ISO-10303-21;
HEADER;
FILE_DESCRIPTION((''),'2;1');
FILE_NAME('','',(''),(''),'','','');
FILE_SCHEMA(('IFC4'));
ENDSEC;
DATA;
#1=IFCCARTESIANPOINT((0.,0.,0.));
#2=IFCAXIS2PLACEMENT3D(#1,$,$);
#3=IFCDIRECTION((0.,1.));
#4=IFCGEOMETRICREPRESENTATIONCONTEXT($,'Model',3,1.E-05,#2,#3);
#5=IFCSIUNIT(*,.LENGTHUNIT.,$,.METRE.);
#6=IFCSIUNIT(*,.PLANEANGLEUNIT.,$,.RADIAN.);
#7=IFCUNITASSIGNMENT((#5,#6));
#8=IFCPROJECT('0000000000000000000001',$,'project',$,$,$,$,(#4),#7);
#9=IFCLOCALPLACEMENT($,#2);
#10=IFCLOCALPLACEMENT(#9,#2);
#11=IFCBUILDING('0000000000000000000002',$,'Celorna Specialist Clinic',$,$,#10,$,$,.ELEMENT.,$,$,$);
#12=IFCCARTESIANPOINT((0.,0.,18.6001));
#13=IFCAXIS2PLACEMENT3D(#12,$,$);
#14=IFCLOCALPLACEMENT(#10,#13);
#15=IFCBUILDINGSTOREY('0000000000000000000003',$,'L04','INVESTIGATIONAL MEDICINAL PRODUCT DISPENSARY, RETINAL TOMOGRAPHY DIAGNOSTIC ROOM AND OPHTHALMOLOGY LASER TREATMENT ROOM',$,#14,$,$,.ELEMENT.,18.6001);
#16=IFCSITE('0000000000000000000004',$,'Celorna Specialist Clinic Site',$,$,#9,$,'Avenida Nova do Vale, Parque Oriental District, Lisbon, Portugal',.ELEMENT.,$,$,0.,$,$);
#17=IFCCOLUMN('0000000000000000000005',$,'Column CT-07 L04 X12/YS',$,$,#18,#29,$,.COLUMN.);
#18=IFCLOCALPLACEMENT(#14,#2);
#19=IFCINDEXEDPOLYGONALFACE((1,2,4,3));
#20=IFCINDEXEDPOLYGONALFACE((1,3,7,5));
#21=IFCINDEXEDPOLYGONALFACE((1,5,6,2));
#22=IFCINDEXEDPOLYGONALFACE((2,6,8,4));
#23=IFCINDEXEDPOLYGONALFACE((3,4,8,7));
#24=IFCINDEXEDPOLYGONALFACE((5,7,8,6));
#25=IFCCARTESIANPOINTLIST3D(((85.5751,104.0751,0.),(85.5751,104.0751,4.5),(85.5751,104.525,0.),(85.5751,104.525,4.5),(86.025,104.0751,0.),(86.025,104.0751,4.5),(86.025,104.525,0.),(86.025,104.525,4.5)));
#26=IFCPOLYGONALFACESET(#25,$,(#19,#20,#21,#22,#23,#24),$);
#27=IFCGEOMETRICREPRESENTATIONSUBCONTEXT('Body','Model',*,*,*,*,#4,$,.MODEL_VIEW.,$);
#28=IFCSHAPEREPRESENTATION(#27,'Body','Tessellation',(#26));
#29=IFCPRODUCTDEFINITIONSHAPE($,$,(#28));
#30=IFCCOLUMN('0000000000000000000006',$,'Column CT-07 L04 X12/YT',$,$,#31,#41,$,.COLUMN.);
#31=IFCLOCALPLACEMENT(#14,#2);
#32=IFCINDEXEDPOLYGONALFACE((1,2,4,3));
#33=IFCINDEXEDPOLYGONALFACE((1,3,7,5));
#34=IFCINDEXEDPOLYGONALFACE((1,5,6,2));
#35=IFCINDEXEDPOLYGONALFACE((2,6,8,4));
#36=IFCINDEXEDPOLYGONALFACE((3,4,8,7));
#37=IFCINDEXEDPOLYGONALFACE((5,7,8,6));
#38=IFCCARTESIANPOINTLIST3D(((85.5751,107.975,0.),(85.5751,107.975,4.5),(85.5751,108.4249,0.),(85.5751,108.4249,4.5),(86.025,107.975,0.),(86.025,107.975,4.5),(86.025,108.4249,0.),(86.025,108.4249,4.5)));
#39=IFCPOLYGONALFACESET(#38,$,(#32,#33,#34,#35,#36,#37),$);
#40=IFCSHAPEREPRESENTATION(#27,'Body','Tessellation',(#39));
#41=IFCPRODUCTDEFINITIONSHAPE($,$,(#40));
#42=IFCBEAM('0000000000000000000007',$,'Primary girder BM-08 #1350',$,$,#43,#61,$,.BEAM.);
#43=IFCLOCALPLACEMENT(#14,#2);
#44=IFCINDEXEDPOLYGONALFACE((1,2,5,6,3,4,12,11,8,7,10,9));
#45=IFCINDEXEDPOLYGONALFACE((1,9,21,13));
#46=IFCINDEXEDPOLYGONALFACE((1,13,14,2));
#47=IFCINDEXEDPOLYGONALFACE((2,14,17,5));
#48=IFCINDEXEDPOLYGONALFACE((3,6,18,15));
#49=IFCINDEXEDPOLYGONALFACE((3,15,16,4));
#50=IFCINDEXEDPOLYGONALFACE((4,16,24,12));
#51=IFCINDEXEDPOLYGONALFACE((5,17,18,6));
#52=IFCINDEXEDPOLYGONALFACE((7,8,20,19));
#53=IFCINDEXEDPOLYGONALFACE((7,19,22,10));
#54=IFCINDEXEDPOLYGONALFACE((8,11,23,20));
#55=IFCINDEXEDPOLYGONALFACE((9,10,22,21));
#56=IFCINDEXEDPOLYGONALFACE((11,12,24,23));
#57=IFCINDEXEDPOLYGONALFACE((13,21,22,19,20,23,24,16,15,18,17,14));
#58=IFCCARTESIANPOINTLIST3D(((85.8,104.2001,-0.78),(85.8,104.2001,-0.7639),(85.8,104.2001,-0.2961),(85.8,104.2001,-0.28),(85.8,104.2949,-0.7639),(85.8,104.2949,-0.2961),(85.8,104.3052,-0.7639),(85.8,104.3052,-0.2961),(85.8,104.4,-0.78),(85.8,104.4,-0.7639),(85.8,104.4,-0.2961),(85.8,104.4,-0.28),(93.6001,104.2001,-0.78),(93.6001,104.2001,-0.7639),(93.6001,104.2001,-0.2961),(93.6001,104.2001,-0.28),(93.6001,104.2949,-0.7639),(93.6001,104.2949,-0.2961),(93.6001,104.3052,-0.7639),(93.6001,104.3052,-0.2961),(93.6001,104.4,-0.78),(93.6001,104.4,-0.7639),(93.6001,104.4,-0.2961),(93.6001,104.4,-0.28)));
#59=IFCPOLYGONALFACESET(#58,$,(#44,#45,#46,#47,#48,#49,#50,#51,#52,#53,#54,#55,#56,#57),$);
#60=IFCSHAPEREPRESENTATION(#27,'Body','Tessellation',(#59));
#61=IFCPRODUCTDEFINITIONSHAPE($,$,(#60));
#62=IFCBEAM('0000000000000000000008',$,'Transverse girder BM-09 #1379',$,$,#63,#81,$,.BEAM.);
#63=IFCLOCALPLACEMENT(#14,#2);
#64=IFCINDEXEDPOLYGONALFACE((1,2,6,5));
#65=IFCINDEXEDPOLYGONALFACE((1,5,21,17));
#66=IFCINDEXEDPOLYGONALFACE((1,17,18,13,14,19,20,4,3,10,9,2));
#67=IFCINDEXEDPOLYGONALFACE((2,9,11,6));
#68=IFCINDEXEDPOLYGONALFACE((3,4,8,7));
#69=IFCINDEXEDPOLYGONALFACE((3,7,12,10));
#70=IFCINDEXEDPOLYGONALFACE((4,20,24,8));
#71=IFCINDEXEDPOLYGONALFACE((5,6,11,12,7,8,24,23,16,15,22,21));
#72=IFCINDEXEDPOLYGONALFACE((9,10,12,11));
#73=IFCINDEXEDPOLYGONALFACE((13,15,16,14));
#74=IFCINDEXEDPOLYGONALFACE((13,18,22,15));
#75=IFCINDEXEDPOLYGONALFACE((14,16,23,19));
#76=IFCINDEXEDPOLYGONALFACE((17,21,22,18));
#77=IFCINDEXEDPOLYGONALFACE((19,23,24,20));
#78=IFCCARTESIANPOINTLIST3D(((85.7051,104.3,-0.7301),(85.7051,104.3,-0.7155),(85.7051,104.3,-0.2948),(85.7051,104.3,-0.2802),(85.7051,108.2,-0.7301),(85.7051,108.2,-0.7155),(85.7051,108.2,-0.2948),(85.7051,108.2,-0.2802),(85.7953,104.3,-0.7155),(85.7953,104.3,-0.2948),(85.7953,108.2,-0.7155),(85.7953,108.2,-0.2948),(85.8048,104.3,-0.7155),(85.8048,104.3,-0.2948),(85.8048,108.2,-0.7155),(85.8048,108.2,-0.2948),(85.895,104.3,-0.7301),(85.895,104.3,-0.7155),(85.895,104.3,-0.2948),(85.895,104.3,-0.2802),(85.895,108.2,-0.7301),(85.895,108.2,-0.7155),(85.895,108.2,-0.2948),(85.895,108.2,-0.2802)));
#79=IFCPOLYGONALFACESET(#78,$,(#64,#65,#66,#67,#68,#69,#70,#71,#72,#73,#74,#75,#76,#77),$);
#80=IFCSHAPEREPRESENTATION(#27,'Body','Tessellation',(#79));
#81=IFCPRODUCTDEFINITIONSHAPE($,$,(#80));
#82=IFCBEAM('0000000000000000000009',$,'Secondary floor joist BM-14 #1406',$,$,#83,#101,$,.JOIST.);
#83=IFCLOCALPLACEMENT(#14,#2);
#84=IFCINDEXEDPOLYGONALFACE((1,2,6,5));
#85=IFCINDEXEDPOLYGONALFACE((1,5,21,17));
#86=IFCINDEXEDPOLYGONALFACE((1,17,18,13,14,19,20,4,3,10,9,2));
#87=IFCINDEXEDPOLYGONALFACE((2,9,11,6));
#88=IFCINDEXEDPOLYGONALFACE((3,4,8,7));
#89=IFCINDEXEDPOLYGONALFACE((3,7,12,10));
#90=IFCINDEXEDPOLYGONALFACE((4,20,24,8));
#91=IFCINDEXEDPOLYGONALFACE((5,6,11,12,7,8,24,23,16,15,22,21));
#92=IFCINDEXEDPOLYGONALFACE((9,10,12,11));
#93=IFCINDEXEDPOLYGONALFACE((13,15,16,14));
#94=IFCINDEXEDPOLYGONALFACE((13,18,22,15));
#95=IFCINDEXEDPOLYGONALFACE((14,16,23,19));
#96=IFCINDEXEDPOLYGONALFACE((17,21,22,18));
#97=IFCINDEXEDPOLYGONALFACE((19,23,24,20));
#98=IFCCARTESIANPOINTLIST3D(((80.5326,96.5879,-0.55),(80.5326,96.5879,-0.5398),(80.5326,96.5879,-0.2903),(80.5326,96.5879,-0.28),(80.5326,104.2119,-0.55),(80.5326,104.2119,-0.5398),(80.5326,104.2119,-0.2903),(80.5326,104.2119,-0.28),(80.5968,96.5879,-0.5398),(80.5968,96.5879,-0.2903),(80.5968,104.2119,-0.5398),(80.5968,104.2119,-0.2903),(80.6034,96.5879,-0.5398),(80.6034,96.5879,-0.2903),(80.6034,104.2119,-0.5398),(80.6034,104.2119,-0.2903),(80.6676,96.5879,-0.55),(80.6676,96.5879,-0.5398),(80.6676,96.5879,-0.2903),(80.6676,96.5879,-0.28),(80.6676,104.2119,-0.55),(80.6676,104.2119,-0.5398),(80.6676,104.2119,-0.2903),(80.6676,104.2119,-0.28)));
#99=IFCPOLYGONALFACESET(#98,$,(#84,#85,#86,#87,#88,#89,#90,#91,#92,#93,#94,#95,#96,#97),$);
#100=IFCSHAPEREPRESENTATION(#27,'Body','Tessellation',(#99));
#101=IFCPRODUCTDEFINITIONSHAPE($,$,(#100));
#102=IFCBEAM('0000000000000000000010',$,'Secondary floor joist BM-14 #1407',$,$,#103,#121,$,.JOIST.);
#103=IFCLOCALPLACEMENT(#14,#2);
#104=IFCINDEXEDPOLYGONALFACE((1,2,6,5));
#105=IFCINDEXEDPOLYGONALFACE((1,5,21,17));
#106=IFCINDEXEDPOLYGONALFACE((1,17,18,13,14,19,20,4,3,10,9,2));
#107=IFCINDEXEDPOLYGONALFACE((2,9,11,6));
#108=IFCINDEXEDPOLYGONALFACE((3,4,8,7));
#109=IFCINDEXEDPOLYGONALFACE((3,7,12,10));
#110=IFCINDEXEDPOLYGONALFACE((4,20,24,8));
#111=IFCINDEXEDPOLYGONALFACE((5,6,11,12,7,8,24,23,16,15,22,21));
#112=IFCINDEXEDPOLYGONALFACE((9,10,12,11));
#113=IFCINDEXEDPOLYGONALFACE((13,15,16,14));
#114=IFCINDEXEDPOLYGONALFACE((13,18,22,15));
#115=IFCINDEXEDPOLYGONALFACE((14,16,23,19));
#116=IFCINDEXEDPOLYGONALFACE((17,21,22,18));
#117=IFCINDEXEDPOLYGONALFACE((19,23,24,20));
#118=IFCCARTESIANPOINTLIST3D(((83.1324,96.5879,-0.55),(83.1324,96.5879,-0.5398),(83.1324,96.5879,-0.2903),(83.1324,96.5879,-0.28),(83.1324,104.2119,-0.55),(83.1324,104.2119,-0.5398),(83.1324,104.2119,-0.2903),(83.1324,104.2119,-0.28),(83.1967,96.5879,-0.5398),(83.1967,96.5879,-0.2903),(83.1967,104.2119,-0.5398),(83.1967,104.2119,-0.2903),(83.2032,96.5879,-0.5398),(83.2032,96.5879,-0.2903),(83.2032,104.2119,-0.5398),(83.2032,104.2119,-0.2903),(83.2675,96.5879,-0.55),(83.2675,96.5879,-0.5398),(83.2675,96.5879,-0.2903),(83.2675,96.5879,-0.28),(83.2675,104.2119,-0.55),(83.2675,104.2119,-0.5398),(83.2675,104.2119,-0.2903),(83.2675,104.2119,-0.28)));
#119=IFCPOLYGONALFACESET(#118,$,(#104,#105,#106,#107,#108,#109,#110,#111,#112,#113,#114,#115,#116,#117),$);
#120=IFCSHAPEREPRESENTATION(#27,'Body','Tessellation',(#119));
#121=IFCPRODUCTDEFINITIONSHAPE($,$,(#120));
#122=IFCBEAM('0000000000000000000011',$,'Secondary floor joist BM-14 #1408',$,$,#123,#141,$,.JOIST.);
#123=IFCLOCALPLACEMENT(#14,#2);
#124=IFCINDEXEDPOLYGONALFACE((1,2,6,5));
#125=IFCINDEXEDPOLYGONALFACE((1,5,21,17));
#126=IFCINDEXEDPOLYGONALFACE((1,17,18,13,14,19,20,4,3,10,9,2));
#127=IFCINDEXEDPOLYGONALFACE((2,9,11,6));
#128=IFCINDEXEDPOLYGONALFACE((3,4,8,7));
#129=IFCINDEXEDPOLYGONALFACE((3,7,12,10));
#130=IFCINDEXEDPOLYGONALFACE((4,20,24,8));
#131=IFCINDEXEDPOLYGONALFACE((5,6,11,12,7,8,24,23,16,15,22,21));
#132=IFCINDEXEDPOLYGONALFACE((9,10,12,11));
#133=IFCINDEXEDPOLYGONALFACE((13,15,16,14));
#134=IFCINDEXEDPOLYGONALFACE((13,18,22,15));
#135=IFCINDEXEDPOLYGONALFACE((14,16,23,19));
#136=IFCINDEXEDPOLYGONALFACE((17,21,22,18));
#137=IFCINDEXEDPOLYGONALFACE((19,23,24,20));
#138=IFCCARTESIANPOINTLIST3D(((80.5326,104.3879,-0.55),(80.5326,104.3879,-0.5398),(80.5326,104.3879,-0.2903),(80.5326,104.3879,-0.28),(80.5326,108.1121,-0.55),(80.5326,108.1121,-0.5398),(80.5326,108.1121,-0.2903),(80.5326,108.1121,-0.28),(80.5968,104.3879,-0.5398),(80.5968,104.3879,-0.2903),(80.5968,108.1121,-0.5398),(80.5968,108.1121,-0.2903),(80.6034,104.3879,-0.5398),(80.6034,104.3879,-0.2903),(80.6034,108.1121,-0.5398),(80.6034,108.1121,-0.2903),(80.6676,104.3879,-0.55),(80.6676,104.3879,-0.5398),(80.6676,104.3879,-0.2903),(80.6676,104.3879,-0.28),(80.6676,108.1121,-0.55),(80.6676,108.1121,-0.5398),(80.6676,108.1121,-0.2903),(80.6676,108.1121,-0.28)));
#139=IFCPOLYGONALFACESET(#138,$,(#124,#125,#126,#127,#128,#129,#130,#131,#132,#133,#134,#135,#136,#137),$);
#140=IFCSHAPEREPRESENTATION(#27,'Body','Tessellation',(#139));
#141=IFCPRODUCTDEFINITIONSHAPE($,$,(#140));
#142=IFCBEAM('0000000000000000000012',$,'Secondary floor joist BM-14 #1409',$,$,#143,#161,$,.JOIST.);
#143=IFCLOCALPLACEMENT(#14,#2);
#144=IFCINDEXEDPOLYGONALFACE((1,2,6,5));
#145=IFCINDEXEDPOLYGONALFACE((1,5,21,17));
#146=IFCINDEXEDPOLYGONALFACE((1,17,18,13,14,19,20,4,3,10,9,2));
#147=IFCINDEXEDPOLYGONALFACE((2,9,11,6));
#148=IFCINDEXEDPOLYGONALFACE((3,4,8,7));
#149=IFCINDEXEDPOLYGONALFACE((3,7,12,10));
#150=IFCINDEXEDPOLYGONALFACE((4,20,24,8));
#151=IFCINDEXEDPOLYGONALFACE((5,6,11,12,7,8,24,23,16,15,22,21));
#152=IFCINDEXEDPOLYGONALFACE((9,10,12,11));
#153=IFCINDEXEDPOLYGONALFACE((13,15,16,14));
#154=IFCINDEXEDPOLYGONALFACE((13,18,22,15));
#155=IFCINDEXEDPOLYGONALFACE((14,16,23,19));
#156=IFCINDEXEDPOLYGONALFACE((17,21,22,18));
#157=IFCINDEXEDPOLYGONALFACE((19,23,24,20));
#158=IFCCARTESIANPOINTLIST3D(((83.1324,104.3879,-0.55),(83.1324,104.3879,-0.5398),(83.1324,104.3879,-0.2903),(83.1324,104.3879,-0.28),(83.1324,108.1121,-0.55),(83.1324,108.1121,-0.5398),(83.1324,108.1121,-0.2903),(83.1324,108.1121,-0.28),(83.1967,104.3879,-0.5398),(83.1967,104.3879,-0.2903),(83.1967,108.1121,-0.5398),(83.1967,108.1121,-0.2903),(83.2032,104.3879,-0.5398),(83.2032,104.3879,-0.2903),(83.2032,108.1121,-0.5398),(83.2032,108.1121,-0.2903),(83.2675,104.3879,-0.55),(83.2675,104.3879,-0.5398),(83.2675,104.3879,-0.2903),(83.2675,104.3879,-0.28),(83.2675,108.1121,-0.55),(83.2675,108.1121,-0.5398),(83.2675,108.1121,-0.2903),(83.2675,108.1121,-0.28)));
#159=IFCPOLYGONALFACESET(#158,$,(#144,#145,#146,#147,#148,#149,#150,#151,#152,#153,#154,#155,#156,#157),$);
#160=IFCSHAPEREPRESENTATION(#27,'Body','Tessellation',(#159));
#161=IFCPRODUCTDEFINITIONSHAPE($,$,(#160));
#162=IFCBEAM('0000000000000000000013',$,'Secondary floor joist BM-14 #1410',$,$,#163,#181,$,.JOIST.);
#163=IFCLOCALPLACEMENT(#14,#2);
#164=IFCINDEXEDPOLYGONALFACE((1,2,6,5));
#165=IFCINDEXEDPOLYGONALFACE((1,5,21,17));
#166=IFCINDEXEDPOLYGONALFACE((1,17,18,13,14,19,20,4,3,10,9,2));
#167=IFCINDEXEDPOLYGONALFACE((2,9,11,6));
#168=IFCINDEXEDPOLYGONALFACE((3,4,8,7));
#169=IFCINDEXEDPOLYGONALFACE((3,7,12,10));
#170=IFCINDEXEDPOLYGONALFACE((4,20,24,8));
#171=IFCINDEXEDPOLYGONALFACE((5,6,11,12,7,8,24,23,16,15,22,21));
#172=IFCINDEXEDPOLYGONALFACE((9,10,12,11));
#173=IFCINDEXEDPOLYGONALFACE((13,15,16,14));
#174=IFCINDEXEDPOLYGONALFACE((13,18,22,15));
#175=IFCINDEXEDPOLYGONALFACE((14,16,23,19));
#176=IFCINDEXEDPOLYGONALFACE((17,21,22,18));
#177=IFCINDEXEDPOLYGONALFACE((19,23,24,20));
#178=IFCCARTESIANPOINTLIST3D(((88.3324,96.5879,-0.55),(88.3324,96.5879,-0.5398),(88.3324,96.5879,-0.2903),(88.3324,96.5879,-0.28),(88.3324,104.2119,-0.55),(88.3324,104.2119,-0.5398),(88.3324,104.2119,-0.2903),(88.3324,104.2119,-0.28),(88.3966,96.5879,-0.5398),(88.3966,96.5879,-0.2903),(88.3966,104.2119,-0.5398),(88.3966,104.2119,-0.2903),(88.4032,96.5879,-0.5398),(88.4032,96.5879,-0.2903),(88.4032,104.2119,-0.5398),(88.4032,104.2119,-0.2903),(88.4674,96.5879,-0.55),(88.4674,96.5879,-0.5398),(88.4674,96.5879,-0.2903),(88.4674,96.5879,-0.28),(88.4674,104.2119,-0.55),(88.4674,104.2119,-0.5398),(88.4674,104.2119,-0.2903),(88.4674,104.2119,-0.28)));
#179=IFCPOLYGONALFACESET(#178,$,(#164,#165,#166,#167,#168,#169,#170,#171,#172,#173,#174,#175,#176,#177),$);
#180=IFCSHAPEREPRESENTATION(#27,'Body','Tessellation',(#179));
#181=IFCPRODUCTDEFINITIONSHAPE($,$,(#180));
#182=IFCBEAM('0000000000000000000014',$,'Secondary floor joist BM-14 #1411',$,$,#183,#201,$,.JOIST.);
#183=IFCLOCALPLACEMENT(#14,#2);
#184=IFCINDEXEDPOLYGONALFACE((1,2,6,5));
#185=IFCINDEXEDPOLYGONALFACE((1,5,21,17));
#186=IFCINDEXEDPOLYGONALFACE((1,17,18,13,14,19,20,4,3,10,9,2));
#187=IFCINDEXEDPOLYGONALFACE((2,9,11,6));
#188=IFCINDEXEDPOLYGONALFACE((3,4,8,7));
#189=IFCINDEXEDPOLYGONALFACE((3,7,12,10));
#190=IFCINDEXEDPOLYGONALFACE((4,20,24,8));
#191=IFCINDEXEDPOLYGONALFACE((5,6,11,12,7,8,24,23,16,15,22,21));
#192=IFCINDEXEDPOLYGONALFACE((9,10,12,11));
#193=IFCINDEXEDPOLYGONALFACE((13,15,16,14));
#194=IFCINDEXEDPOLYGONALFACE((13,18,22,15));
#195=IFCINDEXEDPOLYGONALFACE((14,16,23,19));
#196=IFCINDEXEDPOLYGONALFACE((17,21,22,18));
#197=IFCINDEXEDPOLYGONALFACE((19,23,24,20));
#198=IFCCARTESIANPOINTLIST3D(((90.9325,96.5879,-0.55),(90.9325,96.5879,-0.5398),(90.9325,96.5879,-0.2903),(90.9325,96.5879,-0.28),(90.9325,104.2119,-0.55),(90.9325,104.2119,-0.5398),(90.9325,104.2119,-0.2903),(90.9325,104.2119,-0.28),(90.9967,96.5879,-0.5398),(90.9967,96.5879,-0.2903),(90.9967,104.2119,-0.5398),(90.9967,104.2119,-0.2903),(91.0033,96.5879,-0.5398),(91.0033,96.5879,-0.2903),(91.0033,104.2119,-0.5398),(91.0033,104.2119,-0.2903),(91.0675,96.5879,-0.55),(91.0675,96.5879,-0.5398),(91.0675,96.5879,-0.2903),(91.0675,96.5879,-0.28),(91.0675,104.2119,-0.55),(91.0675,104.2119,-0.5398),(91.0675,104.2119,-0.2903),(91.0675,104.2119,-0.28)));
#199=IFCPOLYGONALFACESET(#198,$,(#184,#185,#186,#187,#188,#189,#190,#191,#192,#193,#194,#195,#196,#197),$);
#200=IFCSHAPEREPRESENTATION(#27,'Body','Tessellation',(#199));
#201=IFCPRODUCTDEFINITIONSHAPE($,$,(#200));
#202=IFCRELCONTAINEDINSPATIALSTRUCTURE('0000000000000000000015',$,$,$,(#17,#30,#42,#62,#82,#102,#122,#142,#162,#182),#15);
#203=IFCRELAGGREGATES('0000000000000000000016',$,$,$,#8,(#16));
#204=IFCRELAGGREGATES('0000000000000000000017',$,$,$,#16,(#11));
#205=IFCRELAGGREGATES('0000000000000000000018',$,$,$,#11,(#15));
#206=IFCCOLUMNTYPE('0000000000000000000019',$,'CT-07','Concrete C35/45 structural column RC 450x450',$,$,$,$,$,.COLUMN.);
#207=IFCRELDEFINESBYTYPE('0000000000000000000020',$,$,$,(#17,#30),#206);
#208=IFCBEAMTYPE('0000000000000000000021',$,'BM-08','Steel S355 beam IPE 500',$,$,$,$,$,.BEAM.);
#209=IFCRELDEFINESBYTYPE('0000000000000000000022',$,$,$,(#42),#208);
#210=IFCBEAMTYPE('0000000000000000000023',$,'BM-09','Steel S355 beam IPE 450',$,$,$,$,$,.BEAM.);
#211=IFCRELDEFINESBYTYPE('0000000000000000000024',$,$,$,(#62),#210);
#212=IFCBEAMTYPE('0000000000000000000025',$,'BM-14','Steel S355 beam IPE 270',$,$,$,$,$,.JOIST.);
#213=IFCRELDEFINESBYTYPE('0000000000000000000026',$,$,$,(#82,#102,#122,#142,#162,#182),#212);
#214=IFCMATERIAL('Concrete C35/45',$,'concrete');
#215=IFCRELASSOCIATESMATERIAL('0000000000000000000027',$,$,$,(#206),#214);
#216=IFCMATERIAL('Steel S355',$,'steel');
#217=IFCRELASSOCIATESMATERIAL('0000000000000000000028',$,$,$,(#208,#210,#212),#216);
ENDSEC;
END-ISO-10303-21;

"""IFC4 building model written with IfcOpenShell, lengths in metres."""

from ifc_helpers import new_model, si_unit, direction, frame, origin, origin_2d, place, context, subcontext, project, spatial, rectangle, i_section, extrude, material, material_profile, profile_set, type_object, element, save


model = new_model("IFC4")

# Units and contexts
model_context = context("Model", 3, precision=1e-05, world=origin(), true_north=direction((0.0, 1.0)))
body_context = subcontext(model_context, "Body", "Model", "MODEL_VIEW")
ifc_project = project(units=[si_unit("LENGTHUNIT", "METRE"), si_unit("PLANEANGLEUNIT", "RADIAN")], contexts=[model_context])

# Site, building, storey
site_placement = place(None, origin())
site = spatial("IfcSite", under=ifc_project, at=site_placement, Name="Celorna Specialist Clinic Site", LongName="Avenida Nova do Vale, Parque Oriental District, Lisbon, Portugal", CompositionType="ELEMENT", RefElevation=0.0)
building_placement = place(site_placement, origin())
building = spatial("IfcBuilding", under=site, at=building_placement, Name="Celorna Specialist Clinic", CompositionType="ELEMENT")
storey_placement = place(building_placement, frame((0.0, 0.0, 18.6001)))
storey = spatial("IfcBuildingStorey", under=building, at=storey_placement, Name="L04", Description="INVESTIGATIONAL MEDICINAL PRODUCT DISPENSARY, RETINAL TOMOGRAPHY DIAGNOSTIC ROOM AND OPHTHALMOLOGY LASER TREATMENT ROOM", CompositionType="ELEMENT", Elevation=18.6001)

# Columns
ifc_material_1 = material(Name="Concrete C35/45", Category="concrete")
ifc_material_profile_1 = material_profile(ifc_material_1, rectangle(XDim=0.45, YDim=0.45, at=origin_2d()), Name="RC 450x450")
ifc_profile_set_1 = profile_set([ifc_material_profile_1], Name="Concrete C35/45")
column_type = type_object("IfcColumnType", Name="CT-07", Description="Concrete C35/45 structural column RC 450x450", PredefinedType="COLUMN", material=ifc_profile_set_1)
for number, where, z_axis, x_axis, name in (
    (1, (85.8, 104.3, 0.0), (0.0, 0.0, 1.0), (1.0, 0.0, 0.0), "Column CT-07 L04 X12/YS"),
    (2, (85.8, 108.2, 0.0), (0.0, 0.0, 1.0), (1.0, 0.0, 0.0), "Column CT-07 L04 X12/YT"),
):
    element("IfcColumn", number, at=place(storey_placement, frame(where, z_axis=z_axis, x_axis=x_axis)), inside=storey, type_object=column_type, Name=name, PredefinedType="COLUMN", context=body_context, shape_type="SweptSolid", body=[
        extrude(rectangle(XDim=0.45, YDim=0.45, at=origin_2d()), origin(), (0.0, 0.0, 1.0), 4.5),
    ])

# Beams
ifc_material_2 = material(Name="Steel S355", Category="steel")
ifc_material_profile_2 = material_profile(ifc_material_2, i_section(OverallWidth=0.2, OverallDepth=0.5, WebThickness=0.0103, FlangeThickness=0.0161, at=origin_2d()), Name="IPE 500")
ifc_profile_set_2 = profile_set([ifc_material_profile_2], Name="Steel S355")
beam_type_1 = type_object("IfcBeamType", Name="BM-08", Description="Steel S355 beam IPE 500", PredefinedType="BEAM", material=ifc_profile_set_2)
beam_1_placement = place(storey_placement, frame((85.8, 104.3, -0.53), z_axis=(1.0, 0.0, 0.0), x_axis=(0.0, 1.0, 0.0)))
element("IfcBeam", 3, at=beam_1_placement, inside=storey, type_object=beam_type_1, Name="Primary girder BM-08 #1350", PredefinedType="BEAM", context=body_context, shape_type="SweptSolid", body=[
    extrude(i_section(OverallWidth=0.2, OverallDepth=0.5, WebThickness=0.0103, FlangeThickness=0.0161, at=origin_2d()), origin(), (0.0, 0.0, 1.0), 7.8),
])
ifc_material_profile_3 = material_profile(ifc_material_2, i_section(OverallWidth=0.1899, OverallDepth=0.45, WebThickness=0.0095, FlangeThickness=0.0146, at=origin_2d()), Name="IPE 450")
ifc_profile_set_3 = profile_set([ifc_material_profile_3], Name="Steel S355")
beam_type_2 = type_object("IfcBeamType", Name="BM-09", Description="Steel S355 beam IPE 450", PredefinedType="BEAM", material=ifc_profile_set_3)
beam_2_placement = place(storey_placement, frame((85.8, 104.3, -0.5051), z_axis=(0.0, 1.0, 0.0), x_axis=(-1.0, 0.0, 0.0)))
element("IfcBeam", 4, at=beam_2_placement, inside=storey, type_object=beam_type_2, Name="Transverse girder BM-09 #1379", PredefinedType="BEAM", context=body_context, shape_type="SweptSolid", body=[
    extrude(i_section(OverallWidth=0.1899, OverallDepth=0.45, WebThickness=0.0095, FlangeThickness=0.0146, at=origin_2d()), origin(), (0.0, 0.0, 1.0), 3.8999),
])
ifc_material_profile_4 = material_profile(ifc_material_2, i_section(OverallWidth=0.135, OverallDepth=0.27, WebThickness=0.0066, FlangeThickness=0.0103, at=origin_2d()), Name="IPE 270")
ifc_profile_set_4 = profile_set([ifc_material_profile_4], Name="Steel S355")
beam_type_3 = type_object("IfcBeamType", Name="BM-14", Description="Steel S355 beam IPE 270", PredefinedType="JOIST", material=ifc_profile_set_4)
for number, where, z_axis, x_axis, name in (
    (5, (80.6001, 96.5879, -0.415), (0.0, 1.0, 0.0), (-1.0, 0.0, 0.0), "Secondary floor joist BM-14 #1406"),
    (6, (83.2, 96.5879, -0.415), (0.0, 1.0, 0.0), (-1.0, 0.0, 0.0), "Secondary floor joist BM-14 #1407"),
):
    element("IfcBeam", number, at=place(storey_placement, frame(where, z_axis=z_axis, x_axis=x_axis)), inside=storey, type_object=beam_type_3, Name=name, PredefinedType="JOIST", context=body_context, shape_type="SweptSolid", body=[
        extrude(i_section(OverallWidth=0.135, OverallDepth=0.27, WebThickness=0.0066, FlangeThickness=0.0103, at=origin_2d()), origin(), (0.0, 0.0, 1.0), 7.624),
    ])
for number, where, z_axis, x_axis, name in (
    (7, (80.6001, 104.3879, -0.415), (0.0, 1.0, 0.0), (-1.0, 0.0, 0.0), "Secondary floor joist BM-14 #1408"),
    (8, (83.2, 104.3879, -0.415), (0.0, 1.0, 0.0), (-1.0, 0.0, 0.0), "Secondary floor joist BM-14 #1409"),
):
    element("IfcBeam", number, at=place(storey_placement, frame(where, z_axis=z_axis, x_axis=x_axis)), inside=storey, type_object=beam_type_3, Name=name, PredefinedType="JOIST", context=body_context, shape_type="SweptSolid", body=[
        extrude(i_section(OverallWidth=0.135, OverallDepth=0.27, WebThickness=0.0066, FlangeThickness=0.0103, at=origin_2d()), origin(), (0.0, 0.0, 1.0), 3.7241),
    ])
for number, where, z_axis, x_axis, name in (
    (9, (88.3999, 96.5879, -0.415), (0.0, 1.0, 0.0), (-1.0, 0.0, 0.0), "Secondary floor joist BM-14 #1410"),
    (10, (91.0, 96.5879, -0.415), (0.0, 1.0, 0.0), (-1.0, 0.0, 0.0), "Secondary floor joist BM-14 #1411"),
):
    element("IfcBeam", number, at=place(storey_placement, frame(where, z_axis=z_axis, x_axis=x_axis)), inside=storey, type_object=beam_type_3, Name=name, PredefinedType="JOIST", context=body_context, shape_type="SweptSolid", body=[
        extrude(i_section(OverallWidth=0.135, OverallDepth=0.27, WebThickness=0.0066, FlangeThickness=0.0103, at=origin_2d()), origin(), (0.0, 0.0, 1.0), 7.624),
    ])

save(model, "model.ifc")
